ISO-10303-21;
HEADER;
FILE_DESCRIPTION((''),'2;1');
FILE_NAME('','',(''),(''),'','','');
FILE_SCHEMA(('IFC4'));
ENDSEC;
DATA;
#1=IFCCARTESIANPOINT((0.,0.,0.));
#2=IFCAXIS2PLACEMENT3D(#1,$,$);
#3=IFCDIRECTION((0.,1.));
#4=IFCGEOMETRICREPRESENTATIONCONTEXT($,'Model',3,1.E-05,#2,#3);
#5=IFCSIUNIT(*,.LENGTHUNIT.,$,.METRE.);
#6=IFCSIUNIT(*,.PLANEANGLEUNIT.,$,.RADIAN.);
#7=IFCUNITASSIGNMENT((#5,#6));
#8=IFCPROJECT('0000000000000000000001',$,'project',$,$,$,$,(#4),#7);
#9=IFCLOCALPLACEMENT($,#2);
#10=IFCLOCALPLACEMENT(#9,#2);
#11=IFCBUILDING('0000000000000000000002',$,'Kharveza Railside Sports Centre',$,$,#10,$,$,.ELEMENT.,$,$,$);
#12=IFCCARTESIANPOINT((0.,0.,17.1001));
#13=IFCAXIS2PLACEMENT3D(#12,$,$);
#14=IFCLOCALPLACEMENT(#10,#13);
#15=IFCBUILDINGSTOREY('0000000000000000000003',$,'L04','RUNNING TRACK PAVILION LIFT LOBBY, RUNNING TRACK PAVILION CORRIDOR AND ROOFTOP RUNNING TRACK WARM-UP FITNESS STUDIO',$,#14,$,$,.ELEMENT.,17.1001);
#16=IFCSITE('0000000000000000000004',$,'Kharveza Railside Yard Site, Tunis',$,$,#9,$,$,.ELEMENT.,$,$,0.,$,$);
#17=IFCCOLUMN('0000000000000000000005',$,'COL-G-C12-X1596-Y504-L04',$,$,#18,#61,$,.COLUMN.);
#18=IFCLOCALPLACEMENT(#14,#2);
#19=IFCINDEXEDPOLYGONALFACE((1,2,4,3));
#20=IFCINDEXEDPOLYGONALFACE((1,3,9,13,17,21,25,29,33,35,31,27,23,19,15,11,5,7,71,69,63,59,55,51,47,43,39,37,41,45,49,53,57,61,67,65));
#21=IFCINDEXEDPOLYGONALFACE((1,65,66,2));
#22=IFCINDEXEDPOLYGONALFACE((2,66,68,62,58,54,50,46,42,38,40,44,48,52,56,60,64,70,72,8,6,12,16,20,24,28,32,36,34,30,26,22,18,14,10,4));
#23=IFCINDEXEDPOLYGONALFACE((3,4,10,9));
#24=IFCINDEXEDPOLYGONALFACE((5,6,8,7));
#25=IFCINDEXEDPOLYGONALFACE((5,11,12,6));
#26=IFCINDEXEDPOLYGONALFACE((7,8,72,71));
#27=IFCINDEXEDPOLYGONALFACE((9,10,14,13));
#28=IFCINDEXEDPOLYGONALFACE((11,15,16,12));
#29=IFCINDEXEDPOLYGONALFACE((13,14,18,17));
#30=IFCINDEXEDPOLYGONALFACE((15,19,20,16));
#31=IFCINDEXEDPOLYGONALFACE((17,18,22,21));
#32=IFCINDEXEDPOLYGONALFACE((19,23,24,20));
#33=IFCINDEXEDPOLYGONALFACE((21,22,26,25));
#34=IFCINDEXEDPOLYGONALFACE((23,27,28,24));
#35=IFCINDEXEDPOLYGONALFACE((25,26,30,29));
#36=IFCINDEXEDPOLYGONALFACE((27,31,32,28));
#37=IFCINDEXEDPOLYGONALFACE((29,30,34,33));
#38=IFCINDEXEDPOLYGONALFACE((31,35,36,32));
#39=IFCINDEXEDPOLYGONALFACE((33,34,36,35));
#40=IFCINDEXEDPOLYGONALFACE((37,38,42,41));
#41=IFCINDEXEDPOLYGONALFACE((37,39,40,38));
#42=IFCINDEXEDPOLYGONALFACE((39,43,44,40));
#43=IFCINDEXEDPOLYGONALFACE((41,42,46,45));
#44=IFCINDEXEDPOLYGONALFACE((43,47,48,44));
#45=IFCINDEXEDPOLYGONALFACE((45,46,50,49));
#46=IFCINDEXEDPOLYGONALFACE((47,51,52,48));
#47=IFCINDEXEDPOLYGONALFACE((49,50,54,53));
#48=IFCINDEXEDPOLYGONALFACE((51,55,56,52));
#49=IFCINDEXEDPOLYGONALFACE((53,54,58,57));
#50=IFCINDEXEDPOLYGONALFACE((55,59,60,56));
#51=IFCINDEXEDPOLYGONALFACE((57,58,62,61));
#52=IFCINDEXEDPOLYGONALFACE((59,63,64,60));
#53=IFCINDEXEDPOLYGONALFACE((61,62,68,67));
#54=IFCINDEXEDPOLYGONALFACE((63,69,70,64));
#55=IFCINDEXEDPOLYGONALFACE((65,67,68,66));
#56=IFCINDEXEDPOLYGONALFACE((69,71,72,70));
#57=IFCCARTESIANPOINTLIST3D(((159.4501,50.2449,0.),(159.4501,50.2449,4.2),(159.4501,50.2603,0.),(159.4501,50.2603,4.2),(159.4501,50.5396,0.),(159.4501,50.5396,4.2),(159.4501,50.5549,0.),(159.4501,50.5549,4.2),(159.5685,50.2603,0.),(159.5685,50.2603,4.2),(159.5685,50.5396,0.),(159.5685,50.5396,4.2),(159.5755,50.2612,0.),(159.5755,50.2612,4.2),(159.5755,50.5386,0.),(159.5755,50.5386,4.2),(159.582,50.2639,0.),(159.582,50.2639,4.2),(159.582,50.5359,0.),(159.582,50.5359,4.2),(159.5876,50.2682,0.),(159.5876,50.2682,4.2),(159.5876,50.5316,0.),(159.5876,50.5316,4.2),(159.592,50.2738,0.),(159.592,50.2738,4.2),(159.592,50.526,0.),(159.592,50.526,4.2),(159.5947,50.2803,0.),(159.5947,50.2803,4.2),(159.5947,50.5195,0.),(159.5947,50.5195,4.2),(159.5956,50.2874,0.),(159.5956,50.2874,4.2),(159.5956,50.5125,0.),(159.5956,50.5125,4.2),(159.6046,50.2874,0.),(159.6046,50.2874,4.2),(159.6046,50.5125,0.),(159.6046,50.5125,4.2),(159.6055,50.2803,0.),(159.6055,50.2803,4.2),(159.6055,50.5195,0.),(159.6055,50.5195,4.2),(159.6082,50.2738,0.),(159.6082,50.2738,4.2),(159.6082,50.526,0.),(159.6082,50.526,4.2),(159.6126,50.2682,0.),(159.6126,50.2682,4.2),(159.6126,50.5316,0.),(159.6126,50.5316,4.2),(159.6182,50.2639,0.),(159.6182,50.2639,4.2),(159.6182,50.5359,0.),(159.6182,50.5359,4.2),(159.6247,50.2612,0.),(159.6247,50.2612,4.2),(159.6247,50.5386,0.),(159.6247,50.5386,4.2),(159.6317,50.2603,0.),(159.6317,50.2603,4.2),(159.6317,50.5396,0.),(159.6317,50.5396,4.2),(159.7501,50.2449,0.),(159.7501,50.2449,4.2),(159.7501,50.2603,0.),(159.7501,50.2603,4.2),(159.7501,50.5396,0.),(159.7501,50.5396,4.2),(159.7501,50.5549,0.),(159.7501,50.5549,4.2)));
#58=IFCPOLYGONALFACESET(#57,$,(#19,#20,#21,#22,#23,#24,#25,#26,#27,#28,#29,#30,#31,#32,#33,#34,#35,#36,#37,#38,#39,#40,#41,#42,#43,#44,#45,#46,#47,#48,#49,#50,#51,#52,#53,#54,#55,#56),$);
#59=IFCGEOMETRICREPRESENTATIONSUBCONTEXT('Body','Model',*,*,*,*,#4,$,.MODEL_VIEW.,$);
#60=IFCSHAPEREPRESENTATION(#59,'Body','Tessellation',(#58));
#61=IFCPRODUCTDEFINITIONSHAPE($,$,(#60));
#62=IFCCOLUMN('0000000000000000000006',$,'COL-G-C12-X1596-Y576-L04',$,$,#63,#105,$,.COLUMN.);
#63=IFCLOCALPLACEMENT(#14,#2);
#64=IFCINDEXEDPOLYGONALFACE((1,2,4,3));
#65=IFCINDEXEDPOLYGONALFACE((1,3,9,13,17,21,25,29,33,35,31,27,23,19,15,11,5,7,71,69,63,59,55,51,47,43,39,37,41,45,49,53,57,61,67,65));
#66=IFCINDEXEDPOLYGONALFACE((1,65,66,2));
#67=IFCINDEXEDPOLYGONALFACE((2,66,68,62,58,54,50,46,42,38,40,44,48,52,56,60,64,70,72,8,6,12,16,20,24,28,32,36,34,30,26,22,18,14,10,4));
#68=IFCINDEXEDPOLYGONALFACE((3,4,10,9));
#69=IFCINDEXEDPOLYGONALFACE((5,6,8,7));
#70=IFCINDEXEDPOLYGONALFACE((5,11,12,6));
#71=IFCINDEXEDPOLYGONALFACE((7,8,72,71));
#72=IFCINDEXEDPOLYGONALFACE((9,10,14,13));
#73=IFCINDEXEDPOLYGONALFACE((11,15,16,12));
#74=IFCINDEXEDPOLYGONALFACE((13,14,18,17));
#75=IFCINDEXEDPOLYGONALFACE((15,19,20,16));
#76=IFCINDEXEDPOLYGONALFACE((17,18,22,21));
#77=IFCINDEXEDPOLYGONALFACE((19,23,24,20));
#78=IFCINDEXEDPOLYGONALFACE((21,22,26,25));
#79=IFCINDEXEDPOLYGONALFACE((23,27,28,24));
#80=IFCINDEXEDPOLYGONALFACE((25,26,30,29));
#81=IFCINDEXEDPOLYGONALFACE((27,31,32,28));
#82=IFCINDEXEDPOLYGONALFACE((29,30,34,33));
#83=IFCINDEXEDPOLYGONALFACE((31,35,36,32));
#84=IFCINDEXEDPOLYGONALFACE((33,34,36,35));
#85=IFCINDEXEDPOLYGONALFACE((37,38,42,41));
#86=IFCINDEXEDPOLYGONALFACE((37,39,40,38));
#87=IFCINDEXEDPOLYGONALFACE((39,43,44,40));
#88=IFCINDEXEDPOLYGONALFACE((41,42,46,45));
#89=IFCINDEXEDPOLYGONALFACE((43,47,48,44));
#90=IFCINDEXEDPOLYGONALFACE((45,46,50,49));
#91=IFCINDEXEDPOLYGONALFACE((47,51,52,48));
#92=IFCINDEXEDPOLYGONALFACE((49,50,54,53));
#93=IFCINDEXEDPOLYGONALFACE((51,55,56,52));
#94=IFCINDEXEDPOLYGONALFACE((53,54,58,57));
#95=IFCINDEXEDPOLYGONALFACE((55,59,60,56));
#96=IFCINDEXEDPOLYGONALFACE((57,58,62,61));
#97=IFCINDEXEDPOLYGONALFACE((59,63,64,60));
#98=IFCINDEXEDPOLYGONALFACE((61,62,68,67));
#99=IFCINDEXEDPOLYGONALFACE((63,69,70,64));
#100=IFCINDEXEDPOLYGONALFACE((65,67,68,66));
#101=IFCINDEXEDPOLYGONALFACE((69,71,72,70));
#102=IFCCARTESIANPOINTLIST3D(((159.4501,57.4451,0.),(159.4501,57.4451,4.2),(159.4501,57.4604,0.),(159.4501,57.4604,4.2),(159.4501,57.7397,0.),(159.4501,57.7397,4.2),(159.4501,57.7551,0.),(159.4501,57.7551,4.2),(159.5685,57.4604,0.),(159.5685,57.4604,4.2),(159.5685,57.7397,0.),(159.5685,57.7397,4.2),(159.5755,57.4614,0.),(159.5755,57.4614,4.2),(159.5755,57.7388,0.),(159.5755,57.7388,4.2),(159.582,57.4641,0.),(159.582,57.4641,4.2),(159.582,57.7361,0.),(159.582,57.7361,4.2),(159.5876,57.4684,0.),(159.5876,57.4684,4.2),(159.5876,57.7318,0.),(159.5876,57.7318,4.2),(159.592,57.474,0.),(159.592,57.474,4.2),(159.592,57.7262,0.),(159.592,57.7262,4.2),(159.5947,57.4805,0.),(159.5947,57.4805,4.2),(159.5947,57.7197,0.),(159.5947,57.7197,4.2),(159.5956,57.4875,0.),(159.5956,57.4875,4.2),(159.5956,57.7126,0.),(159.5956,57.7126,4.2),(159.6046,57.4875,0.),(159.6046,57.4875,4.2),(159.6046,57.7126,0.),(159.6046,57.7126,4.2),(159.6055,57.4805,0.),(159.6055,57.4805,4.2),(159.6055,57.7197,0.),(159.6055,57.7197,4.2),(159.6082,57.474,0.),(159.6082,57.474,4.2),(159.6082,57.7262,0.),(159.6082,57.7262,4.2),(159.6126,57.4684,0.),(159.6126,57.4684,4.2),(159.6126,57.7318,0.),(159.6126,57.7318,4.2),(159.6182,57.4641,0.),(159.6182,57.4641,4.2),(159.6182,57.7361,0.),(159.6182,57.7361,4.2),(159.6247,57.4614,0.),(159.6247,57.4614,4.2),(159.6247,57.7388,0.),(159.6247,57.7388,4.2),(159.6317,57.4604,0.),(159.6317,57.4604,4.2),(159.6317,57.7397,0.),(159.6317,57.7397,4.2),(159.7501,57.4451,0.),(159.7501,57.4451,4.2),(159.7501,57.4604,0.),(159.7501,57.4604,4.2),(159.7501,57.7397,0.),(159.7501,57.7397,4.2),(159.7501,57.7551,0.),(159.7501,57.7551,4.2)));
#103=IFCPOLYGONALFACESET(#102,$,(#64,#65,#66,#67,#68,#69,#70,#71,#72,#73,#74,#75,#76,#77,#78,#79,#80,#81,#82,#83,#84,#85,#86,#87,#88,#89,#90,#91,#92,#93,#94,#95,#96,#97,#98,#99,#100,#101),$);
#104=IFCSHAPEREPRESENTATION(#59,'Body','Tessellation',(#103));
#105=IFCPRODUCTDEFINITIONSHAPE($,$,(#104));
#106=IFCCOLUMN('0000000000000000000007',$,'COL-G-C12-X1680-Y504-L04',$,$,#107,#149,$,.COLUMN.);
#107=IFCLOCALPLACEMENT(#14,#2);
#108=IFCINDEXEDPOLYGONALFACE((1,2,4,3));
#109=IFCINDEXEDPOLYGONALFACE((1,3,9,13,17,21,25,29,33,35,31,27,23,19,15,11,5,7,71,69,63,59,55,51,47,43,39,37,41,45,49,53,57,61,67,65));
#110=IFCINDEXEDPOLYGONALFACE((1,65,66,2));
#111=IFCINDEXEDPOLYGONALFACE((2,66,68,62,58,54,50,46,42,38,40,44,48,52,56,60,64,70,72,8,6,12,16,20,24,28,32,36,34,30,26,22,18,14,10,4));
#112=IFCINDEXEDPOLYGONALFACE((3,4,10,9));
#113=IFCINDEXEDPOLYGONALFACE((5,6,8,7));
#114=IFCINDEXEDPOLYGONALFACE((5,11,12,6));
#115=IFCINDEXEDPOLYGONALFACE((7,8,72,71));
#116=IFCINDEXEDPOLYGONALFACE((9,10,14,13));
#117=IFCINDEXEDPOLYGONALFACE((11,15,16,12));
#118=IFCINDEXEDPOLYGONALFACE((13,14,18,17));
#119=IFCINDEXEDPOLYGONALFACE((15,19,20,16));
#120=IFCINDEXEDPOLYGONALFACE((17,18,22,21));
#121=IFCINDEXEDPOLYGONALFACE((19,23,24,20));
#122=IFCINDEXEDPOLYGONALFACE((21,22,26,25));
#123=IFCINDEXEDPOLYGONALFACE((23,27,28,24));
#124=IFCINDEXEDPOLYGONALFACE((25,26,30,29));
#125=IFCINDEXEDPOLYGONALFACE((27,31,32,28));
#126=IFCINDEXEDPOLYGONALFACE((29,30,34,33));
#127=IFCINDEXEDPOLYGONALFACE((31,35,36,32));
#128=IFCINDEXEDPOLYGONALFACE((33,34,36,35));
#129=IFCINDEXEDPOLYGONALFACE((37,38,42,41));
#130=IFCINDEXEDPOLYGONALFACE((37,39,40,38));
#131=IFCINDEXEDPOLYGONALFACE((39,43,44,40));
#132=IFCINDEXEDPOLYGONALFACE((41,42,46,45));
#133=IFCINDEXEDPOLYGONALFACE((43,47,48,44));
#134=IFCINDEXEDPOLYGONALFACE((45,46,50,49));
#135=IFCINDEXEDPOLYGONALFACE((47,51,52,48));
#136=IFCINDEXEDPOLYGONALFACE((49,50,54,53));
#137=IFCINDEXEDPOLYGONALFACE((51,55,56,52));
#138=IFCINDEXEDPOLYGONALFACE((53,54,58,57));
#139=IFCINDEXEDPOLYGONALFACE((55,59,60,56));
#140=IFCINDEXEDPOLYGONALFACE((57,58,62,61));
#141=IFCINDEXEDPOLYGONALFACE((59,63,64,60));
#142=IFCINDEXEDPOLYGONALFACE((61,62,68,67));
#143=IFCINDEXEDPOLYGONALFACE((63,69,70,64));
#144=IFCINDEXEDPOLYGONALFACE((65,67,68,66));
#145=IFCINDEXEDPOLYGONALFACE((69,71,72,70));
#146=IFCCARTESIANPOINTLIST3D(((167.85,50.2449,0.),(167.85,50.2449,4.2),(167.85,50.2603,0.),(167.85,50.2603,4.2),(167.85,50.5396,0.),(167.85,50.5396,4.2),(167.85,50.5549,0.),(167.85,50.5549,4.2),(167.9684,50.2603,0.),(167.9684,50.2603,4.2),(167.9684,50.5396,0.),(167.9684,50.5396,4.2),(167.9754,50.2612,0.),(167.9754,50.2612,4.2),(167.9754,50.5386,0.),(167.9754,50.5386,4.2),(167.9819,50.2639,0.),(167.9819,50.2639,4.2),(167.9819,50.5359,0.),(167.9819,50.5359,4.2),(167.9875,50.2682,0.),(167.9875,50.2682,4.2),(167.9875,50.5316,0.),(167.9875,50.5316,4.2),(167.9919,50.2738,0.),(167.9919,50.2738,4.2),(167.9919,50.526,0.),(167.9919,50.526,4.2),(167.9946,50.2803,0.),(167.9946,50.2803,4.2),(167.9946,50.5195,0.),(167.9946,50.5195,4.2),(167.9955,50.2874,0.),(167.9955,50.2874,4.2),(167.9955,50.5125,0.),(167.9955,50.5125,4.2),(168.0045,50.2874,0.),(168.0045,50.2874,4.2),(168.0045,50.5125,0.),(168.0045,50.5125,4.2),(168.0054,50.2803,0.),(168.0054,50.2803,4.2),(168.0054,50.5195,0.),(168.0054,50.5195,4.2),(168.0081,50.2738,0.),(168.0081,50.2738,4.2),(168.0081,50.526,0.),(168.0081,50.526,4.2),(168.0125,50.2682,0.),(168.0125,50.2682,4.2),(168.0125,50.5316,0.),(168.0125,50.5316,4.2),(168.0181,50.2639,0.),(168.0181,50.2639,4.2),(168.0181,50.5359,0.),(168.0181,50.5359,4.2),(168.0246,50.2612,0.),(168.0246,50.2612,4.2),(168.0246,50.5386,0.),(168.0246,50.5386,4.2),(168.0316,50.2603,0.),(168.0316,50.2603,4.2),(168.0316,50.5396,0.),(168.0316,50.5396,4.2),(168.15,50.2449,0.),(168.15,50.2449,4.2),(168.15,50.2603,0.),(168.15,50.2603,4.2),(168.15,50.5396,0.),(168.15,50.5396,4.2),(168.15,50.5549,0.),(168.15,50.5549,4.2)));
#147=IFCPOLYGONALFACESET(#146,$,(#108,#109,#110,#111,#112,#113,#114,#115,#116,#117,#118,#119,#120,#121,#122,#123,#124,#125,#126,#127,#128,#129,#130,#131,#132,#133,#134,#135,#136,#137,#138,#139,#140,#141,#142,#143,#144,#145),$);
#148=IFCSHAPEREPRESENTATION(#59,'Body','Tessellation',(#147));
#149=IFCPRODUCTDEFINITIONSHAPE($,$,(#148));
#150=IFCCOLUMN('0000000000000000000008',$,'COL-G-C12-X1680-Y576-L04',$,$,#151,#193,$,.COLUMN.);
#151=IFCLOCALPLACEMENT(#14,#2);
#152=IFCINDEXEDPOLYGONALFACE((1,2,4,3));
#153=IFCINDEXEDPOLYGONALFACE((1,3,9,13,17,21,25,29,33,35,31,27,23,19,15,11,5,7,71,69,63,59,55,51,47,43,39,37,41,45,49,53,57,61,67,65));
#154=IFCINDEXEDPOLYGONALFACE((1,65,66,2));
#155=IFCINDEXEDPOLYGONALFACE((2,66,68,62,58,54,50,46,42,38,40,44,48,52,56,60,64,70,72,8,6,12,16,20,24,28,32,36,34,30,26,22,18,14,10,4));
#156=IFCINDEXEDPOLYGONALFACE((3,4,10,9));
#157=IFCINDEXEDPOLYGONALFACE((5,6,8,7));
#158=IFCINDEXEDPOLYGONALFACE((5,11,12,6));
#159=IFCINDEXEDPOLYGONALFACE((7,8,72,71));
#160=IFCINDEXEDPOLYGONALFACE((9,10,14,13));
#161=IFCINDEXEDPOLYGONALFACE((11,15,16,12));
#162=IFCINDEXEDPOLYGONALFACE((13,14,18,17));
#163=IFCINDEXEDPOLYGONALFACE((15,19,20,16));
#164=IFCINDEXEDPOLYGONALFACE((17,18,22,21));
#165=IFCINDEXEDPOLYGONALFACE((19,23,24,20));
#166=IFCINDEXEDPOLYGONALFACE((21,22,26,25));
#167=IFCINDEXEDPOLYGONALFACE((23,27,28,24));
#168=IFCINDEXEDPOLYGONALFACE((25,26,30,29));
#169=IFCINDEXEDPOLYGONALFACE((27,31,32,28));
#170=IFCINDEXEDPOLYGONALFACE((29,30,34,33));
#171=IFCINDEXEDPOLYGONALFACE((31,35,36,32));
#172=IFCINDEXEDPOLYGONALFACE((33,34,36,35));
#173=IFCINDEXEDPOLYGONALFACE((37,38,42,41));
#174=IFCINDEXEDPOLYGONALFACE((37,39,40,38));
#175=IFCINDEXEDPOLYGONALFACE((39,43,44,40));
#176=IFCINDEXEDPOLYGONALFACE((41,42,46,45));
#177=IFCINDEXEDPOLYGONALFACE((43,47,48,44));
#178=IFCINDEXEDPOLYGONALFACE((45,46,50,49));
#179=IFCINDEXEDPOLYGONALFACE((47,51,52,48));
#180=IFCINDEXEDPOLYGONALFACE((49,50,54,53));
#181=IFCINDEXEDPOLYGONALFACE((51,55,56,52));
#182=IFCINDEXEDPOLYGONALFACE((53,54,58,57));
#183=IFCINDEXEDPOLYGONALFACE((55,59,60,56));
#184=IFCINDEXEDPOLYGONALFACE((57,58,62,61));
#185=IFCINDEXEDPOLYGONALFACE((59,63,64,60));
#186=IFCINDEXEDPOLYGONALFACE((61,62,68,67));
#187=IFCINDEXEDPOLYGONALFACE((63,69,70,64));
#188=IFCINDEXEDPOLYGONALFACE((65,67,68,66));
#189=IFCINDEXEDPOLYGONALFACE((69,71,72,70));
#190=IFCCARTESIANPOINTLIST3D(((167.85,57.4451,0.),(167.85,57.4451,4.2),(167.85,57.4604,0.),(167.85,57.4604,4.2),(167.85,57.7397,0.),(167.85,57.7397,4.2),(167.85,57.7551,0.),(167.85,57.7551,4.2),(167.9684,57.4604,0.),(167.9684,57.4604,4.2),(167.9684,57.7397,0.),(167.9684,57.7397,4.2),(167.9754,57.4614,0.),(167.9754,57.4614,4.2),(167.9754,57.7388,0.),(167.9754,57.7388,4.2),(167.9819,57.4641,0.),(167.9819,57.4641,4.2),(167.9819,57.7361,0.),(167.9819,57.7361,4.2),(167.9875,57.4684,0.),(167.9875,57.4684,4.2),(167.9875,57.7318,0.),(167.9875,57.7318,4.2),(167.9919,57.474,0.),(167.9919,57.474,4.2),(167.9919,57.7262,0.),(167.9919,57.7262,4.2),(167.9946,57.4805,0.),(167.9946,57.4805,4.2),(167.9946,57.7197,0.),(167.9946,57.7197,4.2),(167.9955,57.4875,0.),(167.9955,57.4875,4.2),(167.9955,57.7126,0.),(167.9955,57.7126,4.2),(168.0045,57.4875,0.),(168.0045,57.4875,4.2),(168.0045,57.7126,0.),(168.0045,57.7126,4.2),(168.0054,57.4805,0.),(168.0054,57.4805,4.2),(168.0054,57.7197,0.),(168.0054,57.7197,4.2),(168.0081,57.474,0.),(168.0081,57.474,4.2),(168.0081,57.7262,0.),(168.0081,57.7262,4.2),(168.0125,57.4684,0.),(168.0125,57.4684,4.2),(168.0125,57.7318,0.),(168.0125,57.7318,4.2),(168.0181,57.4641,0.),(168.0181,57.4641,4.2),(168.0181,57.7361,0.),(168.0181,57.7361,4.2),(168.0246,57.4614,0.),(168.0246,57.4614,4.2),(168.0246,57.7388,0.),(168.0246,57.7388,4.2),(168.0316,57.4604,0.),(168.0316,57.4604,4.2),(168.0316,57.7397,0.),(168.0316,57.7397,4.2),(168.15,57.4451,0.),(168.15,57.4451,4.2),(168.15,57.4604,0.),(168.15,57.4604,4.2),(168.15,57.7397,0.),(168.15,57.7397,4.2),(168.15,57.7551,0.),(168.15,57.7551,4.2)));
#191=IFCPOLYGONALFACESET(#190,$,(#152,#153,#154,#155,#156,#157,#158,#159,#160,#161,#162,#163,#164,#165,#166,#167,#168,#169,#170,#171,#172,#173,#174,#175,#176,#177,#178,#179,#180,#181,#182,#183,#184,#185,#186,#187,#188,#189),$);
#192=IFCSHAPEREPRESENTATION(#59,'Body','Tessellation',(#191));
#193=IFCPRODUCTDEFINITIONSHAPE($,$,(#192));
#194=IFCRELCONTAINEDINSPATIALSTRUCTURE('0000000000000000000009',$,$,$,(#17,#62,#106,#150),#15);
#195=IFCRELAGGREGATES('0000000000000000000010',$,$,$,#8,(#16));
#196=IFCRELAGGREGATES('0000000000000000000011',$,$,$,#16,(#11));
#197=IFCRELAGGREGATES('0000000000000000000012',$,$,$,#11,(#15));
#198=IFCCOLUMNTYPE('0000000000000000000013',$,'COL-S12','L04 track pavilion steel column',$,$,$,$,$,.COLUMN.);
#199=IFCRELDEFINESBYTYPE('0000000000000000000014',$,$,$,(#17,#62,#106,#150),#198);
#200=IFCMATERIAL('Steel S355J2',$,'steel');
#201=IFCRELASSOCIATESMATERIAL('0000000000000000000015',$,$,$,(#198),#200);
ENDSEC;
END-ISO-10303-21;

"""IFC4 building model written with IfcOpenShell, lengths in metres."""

from ifc_helpers import new_model, si_unit, direction, frame, origin, origin_2d, place, context, subcontext, project, spatial, i_section, extrude, material, material_profile, profile_set, type_object, element, save


model = new_model("IFC4")

# Units and contexts
model_context = context("Model", 3, precision=1e-05, world=origin(), true_north=direction((0.0, 1.0)))
body_context = subcontext(model_context, "Body", "Model", "MODEL_VIEW")
ifc_project = project(units=[si_unit("LENGTHUNIT", "METRE"), si_unit("PLANEANGLEUNIT", "RADIAN")], contexts=[model_context])

# Site, building, storey
site_placement = place(None, origin())
site = spatial("IfcSite", under=ifc_project, at=site_placement, Name="Kharveza Railside Yard Site, Tunis", CompositionType="ELEMENT", RefElevation=0.0)
building_placement = place(site_placement, origin())
building = spatial("IfcBuilding", under=site, at=building_placement, Name="Kharveza Railside Sports Centre", CompositionType="ELEMENT")
storey_placement = place(building_placement, frame((0.0, 0.0, 17.1001)))
storey = spatial("IfcBuildingStorey", under=building, at=storey_placement, Name="L04", Description="RUNNING TRACK PAVILION LIFT LOBBY, RUNNING TRACK PAVILION CORRIDOR AND ROOFTOP RUNNING TRACK WARM-UP FITNESS STUDIO", CompositionType="ELEMENT", Elevation=17.1001)

# Columns
ifc_material_1 = material(Name="Steel S355J2", Category="steel")
ifc_material_profile_1 = material_profile(ifc_material_1, i_section(OverallWidth=0.3, OverallDepth=0.3101, WebThickness=0.009, FlangeThickness=0.0154, FilletRadius=0.0271, at=origin_2d()), Name="HEA 320")
ifc_profile_set_1 = profile_set([ifc_material_profile_1], Name="Steel S355J2")
column_type = type_object("IfcColumnType", Name="COL-S12", Description="L04 track pavilion steel column", PredefinedType="COLUMN", material=ifc_profile_set_1)
for number, where, z_axis, x_axis, name in (
    (1, (159.6001, 50.3999, 0.0), (0.0, 0.0, 1.0), (1.0, 0.0, 0.0), "COL-G-C12-X1596-Y504-L04"),
    (2, (159.6001, 57.6001, 0.0), (0.0, 0.0, 1.0), (1.0, 0.0, 0.0), "COL-G-C12-X1596-Y576-L04"),
    (3, (168.0, 50.3999, 0.0), (0.0, 0.0, 1.0), (1.0, 0.0, 0.0), "COL-G-C12-X1680-Y504-L04"),
    (4, (168.0, 57.6001, 0.0), (0.0, 0.0, 1.0), (1.0, 0.0, 0.0), "COL-G-C12-X1680-Y576-L04"),
):
    element("IfcColumn", number, at=place(storey_placement, frame(where, z_axis=z_axis, x_axis=x_axis)), inside=storey, type_object=column_type, Name=name, PredefinedType="COLUMN", context=body_context, shape_type="SweptSolid", body=[
        extrude(i_section(OverallWidth=0.3, OverallDepth=0.3101, WebThickness=0.009, FlangeThickness=0.0154, FilletRadius=0.0271, at=origin_2d()), origin(), (0.0, 0.0, 1.0), 4.2),
    ])

save(model, "model.ifc")
